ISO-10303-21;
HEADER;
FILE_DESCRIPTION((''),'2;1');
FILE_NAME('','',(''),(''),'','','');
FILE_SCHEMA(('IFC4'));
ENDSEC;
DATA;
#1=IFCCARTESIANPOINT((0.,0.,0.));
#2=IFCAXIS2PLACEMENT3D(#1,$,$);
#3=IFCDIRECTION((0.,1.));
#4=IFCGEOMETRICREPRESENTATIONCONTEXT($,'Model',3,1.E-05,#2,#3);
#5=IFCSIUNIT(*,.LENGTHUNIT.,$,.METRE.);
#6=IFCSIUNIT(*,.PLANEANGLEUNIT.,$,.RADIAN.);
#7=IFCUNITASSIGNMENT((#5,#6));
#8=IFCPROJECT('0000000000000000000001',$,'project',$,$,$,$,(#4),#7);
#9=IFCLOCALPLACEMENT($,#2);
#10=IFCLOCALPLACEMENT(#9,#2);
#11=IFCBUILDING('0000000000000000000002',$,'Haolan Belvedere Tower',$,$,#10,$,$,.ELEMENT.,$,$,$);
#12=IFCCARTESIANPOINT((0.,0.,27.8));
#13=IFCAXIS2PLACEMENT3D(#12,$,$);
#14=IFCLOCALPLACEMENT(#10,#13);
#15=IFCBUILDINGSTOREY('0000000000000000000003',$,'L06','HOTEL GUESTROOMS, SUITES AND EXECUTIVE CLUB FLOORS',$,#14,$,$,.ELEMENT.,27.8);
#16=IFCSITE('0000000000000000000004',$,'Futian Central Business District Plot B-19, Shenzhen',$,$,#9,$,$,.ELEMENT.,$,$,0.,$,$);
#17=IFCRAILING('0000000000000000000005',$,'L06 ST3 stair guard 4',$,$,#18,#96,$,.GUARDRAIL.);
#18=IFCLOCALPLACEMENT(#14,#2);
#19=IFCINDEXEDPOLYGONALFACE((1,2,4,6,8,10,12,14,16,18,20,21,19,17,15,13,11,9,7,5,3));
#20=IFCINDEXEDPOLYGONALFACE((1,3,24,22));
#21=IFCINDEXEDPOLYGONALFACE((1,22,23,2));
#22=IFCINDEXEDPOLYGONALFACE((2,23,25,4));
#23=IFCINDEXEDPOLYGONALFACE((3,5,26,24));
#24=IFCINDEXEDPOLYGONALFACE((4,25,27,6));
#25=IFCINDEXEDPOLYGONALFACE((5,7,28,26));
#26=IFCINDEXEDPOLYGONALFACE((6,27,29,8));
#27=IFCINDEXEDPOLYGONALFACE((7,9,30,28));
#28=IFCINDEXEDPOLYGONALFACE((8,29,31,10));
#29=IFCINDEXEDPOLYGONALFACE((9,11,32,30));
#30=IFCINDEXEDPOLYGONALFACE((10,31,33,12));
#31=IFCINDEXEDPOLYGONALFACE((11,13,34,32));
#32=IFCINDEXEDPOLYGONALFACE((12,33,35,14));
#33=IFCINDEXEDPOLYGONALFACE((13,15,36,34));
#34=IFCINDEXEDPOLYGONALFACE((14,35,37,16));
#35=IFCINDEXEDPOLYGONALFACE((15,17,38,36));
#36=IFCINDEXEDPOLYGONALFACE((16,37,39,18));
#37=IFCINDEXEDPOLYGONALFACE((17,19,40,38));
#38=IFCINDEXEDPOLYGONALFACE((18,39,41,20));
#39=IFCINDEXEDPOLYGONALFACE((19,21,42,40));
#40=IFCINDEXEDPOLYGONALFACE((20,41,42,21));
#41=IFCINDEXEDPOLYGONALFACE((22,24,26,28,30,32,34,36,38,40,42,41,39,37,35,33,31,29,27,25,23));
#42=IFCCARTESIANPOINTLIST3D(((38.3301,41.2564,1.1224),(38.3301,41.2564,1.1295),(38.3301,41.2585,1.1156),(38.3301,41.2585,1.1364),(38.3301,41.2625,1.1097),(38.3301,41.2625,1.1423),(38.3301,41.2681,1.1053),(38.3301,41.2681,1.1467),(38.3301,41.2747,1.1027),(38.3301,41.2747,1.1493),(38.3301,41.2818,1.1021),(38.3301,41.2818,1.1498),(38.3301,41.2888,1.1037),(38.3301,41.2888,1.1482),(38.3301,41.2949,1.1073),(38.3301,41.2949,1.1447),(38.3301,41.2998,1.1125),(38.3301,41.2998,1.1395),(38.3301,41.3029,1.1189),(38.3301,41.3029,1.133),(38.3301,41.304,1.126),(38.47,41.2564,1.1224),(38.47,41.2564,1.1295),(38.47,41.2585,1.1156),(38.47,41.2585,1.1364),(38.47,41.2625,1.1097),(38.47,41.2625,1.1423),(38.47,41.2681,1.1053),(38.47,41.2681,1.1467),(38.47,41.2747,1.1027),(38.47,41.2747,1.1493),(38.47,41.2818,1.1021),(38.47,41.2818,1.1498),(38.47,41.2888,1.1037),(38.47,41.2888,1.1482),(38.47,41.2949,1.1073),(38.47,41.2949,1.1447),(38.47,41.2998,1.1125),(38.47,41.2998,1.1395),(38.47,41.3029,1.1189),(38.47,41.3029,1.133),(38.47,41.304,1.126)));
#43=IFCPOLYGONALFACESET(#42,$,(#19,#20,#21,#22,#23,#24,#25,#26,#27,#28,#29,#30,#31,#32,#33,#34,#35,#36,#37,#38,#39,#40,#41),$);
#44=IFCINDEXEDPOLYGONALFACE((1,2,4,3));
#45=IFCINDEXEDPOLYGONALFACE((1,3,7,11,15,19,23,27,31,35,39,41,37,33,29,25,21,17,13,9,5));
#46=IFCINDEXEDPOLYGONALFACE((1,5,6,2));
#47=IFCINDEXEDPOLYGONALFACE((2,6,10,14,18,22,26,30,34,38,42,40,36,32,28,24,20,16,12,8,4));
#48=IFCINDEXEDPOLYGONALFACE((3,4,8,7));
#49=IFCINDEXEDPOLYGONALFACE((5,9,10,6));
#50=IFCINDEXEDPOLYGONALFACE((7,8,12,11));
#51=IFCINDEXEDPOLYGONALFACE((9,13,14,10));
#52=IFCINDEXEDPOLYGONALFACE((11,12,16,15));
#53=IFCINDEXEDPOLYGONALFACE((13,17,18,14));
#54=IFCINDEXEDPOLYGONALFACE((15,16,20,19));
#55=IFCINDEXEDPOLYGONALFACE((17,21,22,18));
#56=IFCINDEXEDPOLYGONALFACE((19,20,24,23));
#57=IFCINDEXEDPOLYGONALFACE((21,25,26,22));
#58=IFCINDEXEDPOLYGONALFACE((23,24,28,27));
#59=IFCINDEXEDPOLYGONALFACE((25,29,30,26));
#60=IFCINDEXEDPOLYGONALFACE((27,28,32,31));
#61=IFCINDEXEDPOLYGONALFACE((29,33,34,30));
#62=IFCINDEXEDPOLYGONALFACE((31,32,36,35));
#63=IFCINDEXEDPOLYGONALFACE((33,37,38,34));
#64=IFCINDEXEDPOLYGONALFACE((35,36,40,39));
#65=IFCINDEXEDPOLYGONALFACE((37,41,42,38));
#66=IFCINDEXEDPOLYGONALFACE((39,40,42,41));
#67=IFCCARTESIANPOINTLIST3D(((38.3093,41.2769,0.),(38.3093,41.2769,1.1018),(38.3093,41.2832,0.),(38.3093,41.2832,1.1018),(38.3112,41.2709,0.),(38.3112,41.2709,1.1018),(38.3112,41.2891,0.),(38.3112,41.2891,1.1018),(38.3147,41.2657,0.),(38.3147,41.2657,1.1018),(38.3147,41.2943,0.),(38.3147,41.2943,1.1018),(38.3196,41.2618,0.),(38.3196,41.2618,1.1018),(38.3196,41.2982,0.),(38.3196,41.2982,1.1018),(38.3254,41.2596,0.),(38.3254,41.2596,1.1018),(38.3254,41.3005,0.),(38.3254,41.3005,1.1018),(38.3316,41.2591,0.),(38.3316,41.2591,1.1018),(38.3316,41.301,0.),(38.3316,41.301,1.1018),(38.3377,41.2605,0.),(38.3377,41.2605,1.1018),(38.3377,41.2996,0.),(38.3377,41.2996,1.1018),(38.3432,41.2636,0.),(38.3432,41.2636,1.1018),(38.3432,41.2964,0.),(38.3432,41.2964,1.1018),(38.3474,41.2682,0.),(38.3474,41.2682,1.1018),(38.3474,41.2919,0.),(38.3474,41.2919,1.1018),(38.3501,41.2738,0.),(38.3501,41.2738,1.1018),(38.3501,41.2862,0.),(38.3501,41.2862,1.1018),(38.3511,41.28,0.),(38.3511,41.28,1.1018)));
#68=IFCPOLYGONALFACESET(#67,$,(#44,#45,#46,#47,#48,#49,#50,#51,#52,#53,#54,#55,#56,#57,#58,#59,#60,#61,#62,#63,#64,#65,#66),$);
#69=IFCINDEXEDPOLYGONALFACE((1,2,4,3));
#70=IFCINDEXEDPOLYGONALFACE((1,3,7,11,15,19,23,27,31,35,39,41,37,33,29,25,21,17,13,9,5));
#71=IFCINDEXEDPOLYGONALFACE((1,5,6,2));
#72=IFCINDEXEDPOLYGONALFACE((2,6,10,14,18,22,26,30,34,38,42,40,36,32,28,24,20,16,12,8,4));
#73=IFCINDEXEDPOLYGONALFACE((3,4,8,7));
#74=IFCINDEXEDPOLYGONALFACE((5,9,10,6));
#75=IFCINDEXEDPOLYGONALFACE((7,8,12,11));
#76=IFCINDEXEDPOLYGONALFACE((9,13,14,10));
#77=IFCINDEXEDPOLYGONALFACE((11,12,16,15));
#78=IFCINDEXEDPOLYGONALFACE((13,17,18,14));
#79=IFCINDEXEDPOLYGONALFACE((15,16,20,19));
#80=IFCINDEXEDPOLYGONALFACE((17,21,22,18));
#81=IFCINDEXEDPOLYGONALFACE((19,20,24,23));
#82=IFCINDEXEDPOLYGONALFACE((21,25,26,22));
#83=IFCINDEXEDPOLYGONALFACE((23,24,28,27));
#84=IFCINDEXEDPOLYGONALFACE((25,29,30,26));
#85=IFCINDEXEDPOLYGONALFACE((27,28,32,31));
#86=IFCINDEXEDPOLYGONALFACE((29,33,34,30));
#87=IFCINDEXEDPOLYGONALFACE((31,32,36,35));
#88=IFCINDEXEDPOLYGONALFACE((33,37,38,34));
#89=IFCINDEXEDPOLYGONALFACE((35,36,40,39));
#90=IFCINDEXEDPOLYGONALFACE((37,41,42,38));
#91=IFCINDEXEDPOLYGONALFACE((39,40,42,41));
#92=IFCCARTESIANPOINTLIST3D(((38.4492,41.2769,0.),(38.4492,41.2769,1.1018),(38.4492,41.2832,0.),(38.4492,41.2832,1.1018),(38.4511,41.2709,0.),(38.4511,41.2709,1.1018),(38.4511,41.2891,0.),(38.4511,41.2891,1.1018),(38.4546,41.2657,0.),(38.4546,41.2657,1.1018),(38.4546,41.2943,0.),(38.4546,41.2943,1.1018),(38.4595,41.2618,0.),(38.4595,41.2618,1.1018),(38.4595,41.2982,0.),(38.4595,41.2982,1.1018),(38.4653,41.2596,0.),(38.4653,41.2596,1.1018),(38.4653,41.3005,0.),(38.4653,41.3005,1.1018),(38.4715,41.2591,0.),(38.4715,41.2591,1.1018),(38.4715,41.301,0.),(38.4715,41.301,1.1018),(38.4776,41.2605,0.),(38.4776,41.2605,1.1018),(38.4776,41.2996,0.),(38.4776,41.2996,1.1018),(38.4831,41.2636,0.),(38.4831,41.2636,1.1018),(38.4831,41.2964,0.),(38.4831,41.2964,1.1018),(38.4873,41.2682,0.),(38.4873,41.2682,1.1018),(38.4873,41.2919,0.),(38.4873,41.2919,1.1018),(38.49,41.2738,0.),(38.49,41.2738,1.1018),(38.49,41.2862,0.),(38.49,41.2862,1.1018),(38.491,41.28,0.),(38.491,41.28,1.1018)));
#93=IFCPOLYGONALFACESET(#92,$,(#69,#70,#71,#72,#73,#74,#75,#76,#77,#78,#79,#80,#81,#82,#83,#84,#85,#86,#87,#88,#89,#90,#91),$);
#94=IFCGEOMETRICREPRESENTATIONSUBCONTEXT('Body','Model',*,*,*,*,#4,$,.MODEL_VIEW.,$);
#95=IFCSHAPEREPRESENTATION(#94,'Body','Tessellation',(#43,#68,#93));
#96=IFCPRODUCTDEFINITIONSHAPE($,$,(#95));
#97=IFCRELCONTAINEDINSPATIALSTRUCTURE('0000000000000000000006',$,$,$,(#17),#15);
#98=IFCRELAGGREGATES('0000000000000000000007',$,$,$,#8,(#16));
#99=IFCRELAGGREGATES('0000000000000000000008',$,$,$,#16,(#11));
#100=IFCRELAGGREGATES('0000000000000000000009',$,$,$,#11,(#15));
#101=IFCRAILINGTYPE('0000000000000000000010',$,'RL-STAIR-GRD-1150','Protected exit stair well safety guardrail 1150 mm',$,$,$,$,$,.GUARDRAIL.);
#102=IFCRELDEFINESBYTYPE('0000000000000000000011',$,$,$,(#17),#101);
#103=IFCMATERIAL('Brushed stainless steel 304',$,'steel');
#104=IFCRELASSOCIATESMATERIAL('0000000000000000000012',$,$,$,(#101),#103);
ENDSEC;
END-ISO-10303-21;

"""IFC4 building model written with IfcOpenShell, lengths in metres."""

from ifc_helpers import new_model, si_unit, direction, frame, origin, origin_2d, place, context, subcontext, project, spatial, circle, extrude, material, type_object, element, save


model = new_model("IFC4")

# Units and contexts
model_context = context("Model", 3, precision=1e-05, world=origin(), true_north=direction((0.0, 1.0)))
body_context = subcontext(model_context, "Body", "Model", "MODEL_VIEW")
ifc_project = project(units=[si_unit("LENGTHUNIT", "METRE"), si_unit("PLANEANGLEUNIT", "RADIAN")], contexts=[model_context])

# Site, building, storey
site_placement = place(None, origin())
site = spatial("IfcSite", under=ifc_project, at=site_placement, Name="Futian Central Business District Plot B-19, Shenzhen", CompositionType="ELEMENT", RefElevation=0.0)
building_placement = place(site_placement, origin())
building = spatial("IfcBuilding", under=site, at=building_placement, Name="Haolan Belvedere Tower", CompositionType="ELEMENT")
storey_placement = place(building_placement, frame((0.0, 0.0, 27.8)))
storey = spatial("IfcBuildingStorey", under=building, at=storey_placement, Name="L06", Description="HOTEL GUESTROOMS, SUITES AND EXECUTIVE CLUB FLOORS", CompositionType="ELEMENT", Elevation=27.8)

# Railing
ifc_material_1 = material(Name="Brushed stainless steel 304", Category="steel")
railing_type = type_object("IfcRailingType", Name="RL-STAIR-GRD-1150", Description="Protected exit stair well safety guardrail 1150 mm", PredefinedType="GUARDRAIL", material=ifc_material_1)
railing_1_placement = place(storey_placement, frame((38.3301, 41.28, 0.0)))
element("IfcRailing", 1, at=railing_1_placement, inside=storey, type_object=railing_type, Name="L06 ST3 stair guard 4", PredefinedType="GUARDRAIL", context=body_context, shape_type="SweptSolid", body=[
    extrude(circle(Radius=0.0239, at=origin_2d()), frame((0.0, 0.0, 1.126), z_axis=(1.0, 0.0, 0.0), x_axis=(0.0, 1.0, 0.0)), (0.0, 0.0, 1.0), 0.1399),
    extrude(circle(Radius=0.021, at=origin_2d()), origin(), (0.0, 0.0, 1.0), 1.1018),
    extrude(circle(Radius=0.021, at=origin_2d()), frame((0.1399, 0.0, 0.0)), (0.0, 0.0, 1.0), 1.1018),
])

save(model, "model.ifc")
